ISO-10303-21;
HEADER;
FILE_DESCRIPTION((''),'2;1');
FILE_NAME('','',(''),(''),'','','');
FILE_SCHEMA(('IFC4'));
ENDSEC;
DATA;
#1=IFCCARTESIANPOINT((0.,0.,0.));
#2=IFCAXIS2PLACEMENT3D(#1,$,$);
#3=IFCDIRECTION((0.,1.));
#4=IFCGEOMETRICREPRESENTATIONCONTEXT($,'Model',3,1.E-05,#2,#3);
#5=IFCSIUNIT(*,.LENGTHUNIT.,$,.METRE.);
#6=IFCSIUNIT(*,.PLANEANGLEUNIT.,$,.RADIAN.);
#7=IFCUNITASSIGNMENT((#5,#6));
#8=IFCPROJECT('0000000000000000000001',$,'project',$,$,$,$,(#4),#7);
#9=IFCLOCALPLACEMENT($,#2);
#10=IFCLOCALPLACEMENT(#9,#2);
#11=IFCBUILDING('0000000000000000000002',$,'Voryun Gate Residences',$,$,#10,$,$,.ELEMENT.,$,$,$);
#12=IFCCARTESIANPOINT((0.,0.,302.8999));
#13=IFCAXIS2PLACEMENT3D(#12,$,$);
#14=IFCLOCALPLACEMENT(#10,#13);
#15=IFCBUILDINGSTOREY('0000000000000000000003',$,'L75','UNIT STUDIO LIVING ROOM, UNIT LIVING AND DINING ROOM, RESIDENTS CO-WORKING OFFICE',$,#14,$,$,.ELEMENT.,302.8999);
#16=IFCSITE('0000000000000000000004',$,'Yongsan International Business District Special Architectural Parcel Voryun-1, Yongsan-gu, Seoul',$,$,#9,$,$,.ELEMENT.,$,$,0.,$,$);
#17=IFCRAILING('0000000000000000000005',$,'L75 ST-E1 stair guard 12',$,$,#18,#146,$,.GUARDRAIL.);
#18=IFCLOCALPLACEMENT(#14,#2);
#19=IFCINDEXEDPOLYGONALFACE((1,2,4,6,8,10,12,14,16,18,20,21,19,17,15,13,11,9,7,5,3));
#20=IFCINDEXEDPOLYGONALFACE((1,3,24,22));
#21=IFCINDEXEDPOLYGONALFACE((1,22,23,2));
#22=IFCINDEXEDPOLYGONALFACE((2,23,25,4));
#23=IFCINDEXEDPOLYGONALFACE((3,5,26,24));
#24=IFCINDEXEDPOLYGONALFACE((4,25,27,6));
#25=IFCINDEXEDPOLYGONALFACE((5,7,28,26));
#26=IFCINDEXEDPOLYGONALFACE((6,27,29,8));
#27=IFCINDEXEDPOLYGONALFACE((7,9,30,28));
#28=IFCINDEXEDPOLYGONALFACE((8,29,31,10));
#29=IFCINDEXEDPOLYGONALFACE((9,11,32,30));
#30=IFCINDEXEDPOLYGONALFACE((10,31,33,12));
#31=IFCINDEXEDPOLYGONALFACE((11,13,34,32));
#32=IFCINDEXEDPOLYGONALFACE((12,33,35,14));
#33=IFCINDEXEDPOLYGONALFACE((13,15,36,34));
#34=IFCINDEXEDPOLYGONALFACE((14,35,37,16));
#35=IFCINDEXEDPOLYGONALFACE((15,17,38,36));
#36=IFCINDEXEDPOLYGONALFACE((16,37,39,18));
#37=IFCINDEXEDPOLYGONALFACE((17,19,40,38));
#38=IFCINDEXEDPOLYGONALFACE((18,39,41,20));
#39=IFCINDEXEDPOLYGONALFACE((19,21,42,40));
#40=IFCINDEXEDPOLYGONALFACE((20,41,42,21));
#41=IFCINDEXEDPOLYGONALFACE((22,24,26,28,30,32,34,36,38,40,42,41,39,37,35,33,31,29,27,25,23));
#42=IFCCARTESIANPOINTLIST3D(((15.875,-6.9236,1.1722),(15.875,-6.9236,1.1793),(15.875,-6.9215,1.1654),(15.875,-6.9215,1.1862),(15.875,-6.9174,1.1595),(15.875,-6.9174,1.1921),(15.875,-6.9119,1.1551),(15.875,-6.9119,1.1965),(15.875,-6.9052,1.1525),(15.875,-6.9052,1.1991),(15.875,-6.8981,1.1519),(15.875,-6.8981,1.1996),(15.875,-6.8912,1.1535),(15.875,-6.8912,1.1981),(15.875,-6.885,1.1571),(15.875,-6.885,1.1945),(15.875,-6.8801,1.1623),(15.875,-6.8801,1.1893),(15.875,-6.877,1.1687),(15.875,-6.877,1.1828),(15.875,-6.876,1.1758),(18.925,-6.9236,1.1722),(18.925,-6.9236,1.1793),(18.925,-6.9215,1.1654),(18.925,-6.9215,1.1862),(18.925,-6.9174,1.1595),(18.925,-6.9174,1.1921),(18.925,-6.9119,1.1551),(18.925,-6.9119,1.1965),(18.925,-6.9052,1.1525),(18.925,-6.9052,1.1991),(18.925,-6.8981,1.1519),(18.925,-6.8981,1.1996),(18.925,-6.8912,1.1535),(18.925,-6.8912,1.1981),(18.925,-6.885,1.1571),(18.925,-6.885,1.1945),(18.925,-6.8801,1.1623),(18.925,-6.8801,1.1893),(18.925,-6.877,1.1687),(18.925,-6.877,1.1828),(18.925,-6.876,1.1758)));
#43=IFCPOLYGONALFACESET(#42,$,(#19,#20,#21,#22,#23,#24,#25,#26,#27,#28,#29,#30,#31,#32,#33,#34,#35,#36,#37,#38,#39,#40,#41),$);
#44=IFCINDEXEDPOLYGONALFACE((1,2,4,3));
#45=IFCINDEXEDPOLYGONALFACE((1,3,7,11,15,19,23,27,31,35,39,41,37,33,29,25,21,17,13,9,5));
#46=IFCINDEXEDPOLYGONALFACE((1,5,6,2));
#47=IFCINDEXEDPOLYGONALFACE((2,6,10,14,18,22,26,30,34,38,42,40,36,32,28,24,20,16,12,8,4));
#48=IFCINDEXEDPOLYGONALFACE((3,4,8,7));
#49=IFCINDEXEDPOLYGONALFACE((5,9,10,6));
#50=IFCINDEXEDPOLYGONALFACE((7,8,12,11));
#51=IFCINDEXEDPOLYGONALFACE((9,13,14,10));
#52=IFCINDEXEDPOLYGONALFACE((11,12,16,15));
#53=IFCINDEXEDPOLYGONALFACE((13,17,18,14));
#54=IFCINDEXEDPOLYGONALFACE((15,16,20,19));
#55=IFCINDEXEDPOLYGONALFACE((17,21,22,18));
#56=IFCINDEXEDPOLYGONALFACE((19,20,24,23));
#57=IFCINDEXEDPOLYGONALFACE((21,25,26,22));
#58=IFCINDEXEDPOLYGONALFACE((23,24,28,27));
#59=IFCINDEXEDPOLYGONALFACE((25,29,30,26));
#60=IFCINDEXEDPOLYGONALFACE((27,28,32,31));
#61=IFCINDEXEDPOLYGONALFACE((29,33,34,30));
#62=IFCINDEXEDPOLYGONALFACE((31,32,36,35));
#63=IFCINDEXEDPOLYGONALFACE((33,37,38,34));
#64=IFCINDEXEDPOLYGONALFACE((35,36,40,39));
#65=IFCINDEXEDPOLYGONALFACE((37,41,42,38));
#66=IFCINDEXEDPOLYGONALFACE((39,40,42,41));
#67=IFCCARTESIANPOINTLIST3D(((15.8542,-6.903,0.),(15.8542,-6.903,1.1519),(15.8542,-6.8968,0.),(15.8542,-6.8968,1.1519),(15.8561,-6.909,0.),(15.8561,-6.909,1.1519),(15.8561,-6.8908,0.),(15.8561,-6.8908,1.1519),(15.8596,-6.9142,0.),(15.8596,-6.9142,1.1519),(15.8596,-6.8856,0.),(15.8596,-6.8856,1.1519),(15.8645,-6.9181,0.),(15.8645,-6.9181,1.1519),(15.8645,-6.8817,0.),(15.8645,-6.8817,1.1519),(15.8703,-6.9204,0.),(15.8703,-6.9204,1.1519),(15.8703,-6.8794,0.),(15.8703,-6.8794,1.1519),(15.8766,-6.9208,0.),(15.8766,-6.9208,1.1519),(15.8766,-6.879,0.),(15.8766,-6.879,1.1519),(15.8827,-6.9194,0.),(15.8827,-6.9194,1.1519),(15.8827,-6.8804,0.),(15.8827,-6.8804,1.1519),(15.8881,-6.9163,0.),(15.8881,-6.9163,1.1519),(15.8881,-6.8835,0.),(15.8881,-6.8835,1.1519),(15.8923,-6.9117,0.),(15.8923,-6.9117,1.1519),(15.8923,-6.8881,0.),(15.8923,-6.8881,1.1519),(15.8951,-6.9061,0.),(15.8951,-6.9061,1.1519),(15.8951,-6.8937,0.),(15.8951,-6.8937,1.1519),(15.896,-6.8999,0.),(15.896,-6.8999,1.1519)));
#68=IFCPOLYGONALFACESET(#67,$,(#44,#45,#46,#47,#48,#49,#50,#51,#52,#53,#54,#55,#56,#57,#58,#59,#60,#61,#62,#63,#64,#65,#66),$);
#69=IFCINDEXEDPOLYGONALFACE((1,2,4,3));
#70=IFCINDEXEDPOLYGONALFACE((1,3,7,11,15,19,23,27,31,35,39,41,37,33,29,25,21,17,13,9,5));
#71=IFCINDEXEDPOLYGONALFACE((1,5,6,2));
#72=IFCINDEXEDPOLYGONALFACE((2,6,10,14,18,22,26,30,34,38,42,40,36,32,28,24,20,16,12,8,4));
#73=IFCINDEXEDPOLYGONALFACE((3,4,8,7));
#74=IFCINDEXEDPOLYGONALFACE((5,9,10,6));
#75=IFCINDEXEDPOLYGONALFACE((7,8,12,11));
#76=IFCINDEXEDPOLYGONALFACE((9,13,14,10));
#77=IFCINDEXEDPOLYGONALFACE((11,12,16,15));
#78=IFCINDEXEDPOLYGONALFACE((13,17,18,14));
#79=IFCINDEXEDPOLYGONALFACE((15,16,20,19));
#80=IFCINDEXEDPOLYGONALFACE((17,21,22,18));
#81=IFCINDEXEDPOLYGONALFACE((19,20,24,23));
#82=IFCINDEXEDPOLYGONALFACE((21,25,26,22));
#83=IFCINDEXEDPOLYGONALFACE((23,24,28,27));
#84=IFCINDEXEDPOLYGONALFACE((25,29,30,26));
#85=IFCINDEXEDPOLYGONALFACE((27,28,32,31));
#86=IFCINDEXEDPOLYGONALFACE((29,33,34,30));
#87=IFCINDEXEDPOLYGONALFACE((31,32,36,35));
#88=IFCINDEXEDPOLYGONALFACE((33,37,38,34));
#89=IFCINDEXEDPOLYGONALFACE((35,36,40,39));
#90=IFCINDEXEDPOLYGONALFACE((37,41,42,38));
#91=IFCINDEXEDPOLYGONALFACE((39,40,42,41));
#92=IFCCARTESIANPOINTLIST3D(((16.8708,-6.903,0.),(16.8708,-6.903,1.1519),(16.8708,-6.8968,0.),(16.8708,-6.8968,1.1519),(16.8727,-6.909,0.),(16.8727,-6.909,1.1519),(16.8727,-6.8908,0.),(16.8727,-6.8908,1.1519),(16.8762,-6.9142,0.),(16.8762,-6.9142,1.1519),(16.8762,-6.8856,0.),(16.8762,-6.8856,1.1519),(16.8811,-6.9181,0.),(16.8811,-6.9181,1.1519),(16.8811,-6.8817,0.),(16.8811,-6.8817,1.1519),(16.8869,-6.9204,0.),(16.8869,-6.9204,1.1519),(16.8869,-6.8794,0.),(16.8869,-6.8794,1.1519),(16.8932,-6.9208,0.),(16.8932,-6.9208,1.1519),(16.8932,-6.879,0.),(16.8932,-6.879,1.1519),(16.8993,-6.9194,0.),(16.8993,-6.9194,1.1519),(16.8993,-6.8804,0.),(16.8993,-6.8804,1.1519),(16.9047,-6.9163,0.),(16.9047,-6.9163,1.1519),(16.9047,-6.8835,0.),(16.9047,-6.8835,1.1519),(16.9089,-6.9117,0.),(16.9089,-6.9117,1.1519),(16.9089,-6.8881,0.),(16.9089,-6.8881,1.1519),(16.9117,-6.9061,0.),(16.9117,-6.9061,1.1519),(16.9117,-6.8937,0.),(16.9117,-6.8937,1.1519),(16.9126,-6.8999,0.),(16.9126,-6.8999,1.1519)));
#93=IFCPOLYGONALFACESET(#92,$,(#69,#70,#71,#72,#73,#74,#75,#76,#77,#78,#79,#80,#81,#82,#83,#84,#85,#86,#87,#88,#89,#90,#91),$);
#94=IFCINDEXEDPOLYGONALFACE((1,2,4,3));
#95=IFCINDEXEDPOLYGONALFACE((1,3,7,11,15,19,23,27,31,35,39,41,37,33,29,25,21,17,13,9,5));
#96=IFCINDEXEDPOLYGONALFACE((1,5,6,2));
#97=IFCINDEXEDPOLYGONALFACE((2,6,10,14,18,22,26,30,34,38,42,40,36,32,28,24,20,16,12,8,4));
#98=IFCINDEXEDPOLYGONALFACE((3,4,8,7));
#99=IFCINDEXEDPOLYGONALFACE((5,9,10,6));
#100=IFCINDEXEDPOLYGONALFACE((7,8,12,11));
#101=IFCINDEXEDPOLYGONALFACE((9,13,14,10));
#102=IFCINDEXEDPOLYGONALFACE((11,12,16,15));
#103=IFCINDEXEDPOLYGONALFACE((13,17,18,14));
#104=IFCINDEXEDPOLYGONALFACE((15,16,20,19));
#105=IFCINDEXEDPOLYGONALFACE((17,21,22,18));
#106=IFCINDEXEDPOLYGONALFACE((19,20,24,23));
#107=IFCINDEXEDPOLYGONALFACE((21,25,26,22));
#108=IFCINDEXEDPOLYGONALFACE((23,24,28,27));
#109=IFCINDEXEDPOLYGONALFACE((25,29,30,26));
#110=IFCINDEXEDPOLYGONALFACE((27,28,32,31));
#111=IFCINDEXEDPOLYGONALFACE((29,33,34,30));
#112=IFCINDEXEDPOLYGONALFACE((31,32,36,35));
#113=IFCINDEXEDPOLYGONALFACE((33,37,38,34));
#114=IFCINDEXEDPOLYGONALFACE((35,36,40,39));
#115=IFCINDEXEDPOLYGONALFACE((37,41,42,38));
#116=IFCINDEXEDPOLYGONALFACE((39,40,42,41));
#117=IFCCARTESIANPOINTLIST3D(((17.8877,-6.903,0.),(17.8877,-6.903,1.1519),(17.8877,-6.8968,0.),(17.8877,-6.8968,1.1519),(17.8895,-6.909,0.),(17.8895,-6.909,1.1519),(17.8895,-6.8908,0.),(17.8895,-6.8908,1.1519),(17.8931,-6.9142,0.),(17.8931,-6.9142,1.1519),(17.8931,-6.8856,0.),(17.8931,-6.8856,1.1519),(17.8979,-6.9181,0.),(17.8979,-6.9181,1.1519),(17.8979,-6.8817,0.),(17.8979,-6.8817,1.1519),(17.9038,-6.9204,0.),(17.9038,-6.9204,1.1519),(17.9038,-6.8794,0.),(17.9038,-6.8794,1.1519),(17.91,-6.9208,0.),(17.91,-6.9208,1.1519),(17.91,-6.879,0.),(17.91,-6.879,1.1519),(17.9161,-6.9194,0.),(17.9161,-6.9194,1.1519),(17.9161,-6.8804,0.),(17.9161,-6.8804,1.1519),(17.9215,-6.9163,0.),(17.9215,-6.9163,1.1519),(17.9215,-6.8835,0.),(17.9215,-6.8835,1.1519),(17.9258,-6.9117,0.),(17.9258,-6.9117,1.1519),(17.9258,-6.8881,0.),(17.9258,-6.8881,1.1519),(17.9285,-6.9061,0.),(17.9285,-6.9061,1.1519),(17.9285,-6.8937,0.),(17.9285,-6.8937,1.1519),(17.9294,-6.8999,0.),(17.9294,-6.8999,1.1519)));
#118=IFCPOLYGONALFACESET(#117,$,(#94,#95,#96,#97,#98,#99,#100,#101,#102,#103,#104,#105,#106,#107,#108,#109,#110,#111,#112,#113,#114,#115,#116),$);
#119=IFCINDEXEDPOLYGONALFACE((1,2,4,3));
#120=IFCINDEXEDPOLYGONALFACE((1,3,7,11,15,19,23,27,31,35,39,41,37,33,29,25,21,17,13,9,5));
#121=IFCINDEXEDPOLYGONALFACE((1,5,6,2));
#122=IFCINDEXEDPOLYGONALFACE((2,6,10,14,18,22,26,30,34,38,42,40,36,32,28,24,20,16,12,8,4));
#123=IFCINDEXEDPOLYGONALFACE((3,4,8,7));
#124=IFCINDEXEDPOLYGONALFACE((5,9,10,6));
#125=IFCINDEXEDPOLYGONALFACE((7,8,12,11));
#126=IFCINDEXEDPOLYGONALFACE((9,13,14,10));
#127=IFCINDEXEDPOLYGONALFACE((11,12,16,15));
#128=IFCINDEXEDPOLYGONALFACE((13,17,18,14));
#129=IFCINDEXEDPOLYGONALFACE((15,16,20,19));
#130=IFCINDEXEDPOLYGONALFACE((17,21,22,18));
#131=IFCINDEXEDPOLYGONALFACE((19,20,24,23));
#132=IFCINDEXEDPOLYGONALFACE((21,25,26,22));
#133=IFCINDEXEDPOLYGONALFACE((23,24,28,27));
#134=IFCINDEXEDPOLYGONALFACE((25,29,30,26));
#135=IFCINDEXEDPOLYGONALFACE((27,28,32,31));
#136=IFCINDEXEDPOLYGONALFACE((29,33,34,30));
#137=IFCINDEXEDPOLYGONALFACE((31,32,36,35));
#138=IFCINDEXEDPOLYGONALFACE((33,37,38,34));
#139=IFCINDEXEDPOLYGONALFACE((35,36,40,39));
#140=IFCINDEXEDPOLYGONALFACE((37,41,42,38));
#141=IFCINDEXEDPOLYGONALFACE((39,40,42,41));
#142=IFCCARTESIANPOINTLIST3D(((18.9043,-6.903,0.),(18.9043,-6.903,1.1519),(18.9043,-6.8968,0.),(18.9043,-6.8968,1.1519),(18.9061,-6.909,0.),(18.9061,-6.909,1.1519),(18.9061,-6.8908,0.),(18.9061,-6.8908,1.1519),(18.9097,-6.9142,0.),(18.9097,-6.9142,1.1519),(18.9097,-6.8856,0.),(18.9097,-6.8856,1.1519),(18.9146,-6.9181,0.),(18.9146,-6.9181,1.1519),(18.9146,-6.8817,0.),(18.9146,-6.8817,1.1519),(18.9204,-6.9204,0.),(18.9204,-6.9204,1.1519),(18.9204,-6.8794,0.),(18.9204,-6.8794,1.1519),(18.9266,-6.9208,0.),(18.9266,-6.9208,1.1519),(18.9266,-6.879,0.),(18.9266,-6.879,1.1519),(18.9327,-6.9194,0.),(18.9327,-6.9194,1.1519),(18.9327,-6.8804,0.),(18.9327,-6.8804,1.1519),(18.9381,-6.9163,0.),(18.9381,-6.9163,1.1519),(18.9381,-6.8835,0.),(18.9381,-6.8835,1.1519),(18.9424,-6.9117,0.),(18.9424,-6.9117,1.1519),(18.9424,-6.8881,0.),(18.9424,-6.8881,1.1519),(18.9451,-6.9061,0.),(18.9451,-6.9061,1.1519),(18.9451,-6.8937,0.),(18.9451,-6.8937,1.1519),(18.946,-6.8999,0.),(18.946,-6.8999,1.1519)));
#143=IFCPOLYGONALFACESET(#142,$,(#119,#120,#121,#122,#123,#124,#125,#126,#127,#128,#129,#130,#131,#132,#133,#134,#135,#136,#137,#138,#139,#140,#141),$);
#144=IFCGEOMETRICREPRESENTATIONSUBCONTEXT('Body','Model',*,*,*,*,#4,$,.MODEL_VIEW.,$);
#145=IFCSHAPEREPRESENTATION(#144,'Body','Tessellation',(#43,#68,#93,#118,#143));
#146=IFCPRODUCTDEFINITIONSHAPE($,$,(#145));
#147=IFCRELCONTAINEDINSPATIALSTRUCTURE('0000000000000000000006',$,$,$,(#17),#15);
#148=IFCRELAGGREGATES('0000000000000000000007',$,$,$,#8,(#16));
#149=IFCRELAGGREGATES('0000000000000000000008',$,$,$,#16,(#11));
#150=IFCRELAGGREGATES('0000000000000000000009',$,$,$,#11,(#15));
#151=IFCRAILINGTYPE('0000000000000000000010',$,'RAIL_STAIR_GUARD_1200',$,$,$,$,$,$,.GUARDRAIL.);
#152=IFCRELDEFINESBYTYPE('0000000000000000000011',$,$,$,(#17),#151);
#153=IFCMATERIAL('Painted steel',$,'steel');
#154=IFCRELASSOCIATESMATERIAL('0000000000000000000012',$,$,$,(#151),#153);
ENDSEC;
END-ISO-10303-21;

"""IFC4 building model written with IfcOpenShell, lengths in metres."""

from ifc_helpers import new_model, si_unit, direction, frame, origin, origin_2d, place, context, subcontext, project, spatial, circle, extrude, material, type_object, element, save


model = new_model("IFC4")

# Units and contexts
model_context = context("Model", 3, precision=1e-05, world=origin(), true_north=direction((0.0, 1.0)))
body_context = subcontext(model_context, "Body", "Model", "MODEL_VIEW")
ifc_project = project(units=[si_unit("LENGTHUNIT", "METRE"), si_unit("PLANEANGLEUNIT", "RADIAN")], contexts=[model_context])

# Site, building, storey
site_placement = place(None, origin())
site = spatial("IfcSite", under=ifc_project, at=site_placement, Name="Yongsan International Business District Special Architectural Parcel Voryun-1, Yongsan-gu, Seoul", CompositionType="ELEMENT", RefElevation=0.0)
building_placement = place(site_placement, origin())
building = spatial("IfcBuilding", under=site, at=building_placement, Name="Voryun Gate Residences", CompositionType="ELEMENT")
storey_placement = place(building_placement, frame((0.0, 0.0, 302.8999)))
storey = spatial("IfcBuildingStorey", under=building, at=storey_placement, Name="L75", Description="UNIT STUDIO LIVING ROOM, UNIT LIVING AND DINING ROOM, RESIDENTS CO-WORKING OFFICE", CompositionType="ELEMENT", Elevation=302.8999)

# Railing
ifc_material_1 = material(Name="Painted steel", Category="steel")
railing_type_1 = type_object("IfcRailingType", Name="RAIL_STAIR_GUARD_1200", PredefinedType="GUARDRAIL", material=ifc_material_1)
railing_1_placement = place(storey_placement, frame((15.875, -6.8999, 0.0)))
element("IfcRailing", 1, at=railing_1_placement, inside=storey, type_object=railing_type_1, Name="L75 ST-E1 stair guard 12", PredefinedType="GUARDRAIL", context=body_context, shape_type="SweptSolid", body=[
    extrude(circle(Radius=0.0239, at=origin_2d()), frame((0.0, 0.0, 1.1758), z_axis=(1.0, 0.0, 0.0), x_axis=(0.0, 1.0, 0.0)), (0.0, 0.0, 1.0), 3.05),
    extrude(circle(Radius=0.021, at=origin_2d()), origin(), (0.0, 0.0, 1.0), 1.1519),
    extrude(circle(Radius=0.021, at=origin_2d()), frame((1.0166, 0.0, 0.0)), (0.0, 0.0, 1.0), 1.1519),
    extrude(circle(Radius=0.021, at=origin_2d()), frame((2.0334, 0.0, 0.0)), (0.0, 0.0, 1.0), 1.1519),
    extrude(circle(Radius=0.021, at=origin_2d()), frame((3.05, 0.0, 0.0)), (0.0, 0.0, 1.0), 1.1519),
])

save(model, "model.ifc")
